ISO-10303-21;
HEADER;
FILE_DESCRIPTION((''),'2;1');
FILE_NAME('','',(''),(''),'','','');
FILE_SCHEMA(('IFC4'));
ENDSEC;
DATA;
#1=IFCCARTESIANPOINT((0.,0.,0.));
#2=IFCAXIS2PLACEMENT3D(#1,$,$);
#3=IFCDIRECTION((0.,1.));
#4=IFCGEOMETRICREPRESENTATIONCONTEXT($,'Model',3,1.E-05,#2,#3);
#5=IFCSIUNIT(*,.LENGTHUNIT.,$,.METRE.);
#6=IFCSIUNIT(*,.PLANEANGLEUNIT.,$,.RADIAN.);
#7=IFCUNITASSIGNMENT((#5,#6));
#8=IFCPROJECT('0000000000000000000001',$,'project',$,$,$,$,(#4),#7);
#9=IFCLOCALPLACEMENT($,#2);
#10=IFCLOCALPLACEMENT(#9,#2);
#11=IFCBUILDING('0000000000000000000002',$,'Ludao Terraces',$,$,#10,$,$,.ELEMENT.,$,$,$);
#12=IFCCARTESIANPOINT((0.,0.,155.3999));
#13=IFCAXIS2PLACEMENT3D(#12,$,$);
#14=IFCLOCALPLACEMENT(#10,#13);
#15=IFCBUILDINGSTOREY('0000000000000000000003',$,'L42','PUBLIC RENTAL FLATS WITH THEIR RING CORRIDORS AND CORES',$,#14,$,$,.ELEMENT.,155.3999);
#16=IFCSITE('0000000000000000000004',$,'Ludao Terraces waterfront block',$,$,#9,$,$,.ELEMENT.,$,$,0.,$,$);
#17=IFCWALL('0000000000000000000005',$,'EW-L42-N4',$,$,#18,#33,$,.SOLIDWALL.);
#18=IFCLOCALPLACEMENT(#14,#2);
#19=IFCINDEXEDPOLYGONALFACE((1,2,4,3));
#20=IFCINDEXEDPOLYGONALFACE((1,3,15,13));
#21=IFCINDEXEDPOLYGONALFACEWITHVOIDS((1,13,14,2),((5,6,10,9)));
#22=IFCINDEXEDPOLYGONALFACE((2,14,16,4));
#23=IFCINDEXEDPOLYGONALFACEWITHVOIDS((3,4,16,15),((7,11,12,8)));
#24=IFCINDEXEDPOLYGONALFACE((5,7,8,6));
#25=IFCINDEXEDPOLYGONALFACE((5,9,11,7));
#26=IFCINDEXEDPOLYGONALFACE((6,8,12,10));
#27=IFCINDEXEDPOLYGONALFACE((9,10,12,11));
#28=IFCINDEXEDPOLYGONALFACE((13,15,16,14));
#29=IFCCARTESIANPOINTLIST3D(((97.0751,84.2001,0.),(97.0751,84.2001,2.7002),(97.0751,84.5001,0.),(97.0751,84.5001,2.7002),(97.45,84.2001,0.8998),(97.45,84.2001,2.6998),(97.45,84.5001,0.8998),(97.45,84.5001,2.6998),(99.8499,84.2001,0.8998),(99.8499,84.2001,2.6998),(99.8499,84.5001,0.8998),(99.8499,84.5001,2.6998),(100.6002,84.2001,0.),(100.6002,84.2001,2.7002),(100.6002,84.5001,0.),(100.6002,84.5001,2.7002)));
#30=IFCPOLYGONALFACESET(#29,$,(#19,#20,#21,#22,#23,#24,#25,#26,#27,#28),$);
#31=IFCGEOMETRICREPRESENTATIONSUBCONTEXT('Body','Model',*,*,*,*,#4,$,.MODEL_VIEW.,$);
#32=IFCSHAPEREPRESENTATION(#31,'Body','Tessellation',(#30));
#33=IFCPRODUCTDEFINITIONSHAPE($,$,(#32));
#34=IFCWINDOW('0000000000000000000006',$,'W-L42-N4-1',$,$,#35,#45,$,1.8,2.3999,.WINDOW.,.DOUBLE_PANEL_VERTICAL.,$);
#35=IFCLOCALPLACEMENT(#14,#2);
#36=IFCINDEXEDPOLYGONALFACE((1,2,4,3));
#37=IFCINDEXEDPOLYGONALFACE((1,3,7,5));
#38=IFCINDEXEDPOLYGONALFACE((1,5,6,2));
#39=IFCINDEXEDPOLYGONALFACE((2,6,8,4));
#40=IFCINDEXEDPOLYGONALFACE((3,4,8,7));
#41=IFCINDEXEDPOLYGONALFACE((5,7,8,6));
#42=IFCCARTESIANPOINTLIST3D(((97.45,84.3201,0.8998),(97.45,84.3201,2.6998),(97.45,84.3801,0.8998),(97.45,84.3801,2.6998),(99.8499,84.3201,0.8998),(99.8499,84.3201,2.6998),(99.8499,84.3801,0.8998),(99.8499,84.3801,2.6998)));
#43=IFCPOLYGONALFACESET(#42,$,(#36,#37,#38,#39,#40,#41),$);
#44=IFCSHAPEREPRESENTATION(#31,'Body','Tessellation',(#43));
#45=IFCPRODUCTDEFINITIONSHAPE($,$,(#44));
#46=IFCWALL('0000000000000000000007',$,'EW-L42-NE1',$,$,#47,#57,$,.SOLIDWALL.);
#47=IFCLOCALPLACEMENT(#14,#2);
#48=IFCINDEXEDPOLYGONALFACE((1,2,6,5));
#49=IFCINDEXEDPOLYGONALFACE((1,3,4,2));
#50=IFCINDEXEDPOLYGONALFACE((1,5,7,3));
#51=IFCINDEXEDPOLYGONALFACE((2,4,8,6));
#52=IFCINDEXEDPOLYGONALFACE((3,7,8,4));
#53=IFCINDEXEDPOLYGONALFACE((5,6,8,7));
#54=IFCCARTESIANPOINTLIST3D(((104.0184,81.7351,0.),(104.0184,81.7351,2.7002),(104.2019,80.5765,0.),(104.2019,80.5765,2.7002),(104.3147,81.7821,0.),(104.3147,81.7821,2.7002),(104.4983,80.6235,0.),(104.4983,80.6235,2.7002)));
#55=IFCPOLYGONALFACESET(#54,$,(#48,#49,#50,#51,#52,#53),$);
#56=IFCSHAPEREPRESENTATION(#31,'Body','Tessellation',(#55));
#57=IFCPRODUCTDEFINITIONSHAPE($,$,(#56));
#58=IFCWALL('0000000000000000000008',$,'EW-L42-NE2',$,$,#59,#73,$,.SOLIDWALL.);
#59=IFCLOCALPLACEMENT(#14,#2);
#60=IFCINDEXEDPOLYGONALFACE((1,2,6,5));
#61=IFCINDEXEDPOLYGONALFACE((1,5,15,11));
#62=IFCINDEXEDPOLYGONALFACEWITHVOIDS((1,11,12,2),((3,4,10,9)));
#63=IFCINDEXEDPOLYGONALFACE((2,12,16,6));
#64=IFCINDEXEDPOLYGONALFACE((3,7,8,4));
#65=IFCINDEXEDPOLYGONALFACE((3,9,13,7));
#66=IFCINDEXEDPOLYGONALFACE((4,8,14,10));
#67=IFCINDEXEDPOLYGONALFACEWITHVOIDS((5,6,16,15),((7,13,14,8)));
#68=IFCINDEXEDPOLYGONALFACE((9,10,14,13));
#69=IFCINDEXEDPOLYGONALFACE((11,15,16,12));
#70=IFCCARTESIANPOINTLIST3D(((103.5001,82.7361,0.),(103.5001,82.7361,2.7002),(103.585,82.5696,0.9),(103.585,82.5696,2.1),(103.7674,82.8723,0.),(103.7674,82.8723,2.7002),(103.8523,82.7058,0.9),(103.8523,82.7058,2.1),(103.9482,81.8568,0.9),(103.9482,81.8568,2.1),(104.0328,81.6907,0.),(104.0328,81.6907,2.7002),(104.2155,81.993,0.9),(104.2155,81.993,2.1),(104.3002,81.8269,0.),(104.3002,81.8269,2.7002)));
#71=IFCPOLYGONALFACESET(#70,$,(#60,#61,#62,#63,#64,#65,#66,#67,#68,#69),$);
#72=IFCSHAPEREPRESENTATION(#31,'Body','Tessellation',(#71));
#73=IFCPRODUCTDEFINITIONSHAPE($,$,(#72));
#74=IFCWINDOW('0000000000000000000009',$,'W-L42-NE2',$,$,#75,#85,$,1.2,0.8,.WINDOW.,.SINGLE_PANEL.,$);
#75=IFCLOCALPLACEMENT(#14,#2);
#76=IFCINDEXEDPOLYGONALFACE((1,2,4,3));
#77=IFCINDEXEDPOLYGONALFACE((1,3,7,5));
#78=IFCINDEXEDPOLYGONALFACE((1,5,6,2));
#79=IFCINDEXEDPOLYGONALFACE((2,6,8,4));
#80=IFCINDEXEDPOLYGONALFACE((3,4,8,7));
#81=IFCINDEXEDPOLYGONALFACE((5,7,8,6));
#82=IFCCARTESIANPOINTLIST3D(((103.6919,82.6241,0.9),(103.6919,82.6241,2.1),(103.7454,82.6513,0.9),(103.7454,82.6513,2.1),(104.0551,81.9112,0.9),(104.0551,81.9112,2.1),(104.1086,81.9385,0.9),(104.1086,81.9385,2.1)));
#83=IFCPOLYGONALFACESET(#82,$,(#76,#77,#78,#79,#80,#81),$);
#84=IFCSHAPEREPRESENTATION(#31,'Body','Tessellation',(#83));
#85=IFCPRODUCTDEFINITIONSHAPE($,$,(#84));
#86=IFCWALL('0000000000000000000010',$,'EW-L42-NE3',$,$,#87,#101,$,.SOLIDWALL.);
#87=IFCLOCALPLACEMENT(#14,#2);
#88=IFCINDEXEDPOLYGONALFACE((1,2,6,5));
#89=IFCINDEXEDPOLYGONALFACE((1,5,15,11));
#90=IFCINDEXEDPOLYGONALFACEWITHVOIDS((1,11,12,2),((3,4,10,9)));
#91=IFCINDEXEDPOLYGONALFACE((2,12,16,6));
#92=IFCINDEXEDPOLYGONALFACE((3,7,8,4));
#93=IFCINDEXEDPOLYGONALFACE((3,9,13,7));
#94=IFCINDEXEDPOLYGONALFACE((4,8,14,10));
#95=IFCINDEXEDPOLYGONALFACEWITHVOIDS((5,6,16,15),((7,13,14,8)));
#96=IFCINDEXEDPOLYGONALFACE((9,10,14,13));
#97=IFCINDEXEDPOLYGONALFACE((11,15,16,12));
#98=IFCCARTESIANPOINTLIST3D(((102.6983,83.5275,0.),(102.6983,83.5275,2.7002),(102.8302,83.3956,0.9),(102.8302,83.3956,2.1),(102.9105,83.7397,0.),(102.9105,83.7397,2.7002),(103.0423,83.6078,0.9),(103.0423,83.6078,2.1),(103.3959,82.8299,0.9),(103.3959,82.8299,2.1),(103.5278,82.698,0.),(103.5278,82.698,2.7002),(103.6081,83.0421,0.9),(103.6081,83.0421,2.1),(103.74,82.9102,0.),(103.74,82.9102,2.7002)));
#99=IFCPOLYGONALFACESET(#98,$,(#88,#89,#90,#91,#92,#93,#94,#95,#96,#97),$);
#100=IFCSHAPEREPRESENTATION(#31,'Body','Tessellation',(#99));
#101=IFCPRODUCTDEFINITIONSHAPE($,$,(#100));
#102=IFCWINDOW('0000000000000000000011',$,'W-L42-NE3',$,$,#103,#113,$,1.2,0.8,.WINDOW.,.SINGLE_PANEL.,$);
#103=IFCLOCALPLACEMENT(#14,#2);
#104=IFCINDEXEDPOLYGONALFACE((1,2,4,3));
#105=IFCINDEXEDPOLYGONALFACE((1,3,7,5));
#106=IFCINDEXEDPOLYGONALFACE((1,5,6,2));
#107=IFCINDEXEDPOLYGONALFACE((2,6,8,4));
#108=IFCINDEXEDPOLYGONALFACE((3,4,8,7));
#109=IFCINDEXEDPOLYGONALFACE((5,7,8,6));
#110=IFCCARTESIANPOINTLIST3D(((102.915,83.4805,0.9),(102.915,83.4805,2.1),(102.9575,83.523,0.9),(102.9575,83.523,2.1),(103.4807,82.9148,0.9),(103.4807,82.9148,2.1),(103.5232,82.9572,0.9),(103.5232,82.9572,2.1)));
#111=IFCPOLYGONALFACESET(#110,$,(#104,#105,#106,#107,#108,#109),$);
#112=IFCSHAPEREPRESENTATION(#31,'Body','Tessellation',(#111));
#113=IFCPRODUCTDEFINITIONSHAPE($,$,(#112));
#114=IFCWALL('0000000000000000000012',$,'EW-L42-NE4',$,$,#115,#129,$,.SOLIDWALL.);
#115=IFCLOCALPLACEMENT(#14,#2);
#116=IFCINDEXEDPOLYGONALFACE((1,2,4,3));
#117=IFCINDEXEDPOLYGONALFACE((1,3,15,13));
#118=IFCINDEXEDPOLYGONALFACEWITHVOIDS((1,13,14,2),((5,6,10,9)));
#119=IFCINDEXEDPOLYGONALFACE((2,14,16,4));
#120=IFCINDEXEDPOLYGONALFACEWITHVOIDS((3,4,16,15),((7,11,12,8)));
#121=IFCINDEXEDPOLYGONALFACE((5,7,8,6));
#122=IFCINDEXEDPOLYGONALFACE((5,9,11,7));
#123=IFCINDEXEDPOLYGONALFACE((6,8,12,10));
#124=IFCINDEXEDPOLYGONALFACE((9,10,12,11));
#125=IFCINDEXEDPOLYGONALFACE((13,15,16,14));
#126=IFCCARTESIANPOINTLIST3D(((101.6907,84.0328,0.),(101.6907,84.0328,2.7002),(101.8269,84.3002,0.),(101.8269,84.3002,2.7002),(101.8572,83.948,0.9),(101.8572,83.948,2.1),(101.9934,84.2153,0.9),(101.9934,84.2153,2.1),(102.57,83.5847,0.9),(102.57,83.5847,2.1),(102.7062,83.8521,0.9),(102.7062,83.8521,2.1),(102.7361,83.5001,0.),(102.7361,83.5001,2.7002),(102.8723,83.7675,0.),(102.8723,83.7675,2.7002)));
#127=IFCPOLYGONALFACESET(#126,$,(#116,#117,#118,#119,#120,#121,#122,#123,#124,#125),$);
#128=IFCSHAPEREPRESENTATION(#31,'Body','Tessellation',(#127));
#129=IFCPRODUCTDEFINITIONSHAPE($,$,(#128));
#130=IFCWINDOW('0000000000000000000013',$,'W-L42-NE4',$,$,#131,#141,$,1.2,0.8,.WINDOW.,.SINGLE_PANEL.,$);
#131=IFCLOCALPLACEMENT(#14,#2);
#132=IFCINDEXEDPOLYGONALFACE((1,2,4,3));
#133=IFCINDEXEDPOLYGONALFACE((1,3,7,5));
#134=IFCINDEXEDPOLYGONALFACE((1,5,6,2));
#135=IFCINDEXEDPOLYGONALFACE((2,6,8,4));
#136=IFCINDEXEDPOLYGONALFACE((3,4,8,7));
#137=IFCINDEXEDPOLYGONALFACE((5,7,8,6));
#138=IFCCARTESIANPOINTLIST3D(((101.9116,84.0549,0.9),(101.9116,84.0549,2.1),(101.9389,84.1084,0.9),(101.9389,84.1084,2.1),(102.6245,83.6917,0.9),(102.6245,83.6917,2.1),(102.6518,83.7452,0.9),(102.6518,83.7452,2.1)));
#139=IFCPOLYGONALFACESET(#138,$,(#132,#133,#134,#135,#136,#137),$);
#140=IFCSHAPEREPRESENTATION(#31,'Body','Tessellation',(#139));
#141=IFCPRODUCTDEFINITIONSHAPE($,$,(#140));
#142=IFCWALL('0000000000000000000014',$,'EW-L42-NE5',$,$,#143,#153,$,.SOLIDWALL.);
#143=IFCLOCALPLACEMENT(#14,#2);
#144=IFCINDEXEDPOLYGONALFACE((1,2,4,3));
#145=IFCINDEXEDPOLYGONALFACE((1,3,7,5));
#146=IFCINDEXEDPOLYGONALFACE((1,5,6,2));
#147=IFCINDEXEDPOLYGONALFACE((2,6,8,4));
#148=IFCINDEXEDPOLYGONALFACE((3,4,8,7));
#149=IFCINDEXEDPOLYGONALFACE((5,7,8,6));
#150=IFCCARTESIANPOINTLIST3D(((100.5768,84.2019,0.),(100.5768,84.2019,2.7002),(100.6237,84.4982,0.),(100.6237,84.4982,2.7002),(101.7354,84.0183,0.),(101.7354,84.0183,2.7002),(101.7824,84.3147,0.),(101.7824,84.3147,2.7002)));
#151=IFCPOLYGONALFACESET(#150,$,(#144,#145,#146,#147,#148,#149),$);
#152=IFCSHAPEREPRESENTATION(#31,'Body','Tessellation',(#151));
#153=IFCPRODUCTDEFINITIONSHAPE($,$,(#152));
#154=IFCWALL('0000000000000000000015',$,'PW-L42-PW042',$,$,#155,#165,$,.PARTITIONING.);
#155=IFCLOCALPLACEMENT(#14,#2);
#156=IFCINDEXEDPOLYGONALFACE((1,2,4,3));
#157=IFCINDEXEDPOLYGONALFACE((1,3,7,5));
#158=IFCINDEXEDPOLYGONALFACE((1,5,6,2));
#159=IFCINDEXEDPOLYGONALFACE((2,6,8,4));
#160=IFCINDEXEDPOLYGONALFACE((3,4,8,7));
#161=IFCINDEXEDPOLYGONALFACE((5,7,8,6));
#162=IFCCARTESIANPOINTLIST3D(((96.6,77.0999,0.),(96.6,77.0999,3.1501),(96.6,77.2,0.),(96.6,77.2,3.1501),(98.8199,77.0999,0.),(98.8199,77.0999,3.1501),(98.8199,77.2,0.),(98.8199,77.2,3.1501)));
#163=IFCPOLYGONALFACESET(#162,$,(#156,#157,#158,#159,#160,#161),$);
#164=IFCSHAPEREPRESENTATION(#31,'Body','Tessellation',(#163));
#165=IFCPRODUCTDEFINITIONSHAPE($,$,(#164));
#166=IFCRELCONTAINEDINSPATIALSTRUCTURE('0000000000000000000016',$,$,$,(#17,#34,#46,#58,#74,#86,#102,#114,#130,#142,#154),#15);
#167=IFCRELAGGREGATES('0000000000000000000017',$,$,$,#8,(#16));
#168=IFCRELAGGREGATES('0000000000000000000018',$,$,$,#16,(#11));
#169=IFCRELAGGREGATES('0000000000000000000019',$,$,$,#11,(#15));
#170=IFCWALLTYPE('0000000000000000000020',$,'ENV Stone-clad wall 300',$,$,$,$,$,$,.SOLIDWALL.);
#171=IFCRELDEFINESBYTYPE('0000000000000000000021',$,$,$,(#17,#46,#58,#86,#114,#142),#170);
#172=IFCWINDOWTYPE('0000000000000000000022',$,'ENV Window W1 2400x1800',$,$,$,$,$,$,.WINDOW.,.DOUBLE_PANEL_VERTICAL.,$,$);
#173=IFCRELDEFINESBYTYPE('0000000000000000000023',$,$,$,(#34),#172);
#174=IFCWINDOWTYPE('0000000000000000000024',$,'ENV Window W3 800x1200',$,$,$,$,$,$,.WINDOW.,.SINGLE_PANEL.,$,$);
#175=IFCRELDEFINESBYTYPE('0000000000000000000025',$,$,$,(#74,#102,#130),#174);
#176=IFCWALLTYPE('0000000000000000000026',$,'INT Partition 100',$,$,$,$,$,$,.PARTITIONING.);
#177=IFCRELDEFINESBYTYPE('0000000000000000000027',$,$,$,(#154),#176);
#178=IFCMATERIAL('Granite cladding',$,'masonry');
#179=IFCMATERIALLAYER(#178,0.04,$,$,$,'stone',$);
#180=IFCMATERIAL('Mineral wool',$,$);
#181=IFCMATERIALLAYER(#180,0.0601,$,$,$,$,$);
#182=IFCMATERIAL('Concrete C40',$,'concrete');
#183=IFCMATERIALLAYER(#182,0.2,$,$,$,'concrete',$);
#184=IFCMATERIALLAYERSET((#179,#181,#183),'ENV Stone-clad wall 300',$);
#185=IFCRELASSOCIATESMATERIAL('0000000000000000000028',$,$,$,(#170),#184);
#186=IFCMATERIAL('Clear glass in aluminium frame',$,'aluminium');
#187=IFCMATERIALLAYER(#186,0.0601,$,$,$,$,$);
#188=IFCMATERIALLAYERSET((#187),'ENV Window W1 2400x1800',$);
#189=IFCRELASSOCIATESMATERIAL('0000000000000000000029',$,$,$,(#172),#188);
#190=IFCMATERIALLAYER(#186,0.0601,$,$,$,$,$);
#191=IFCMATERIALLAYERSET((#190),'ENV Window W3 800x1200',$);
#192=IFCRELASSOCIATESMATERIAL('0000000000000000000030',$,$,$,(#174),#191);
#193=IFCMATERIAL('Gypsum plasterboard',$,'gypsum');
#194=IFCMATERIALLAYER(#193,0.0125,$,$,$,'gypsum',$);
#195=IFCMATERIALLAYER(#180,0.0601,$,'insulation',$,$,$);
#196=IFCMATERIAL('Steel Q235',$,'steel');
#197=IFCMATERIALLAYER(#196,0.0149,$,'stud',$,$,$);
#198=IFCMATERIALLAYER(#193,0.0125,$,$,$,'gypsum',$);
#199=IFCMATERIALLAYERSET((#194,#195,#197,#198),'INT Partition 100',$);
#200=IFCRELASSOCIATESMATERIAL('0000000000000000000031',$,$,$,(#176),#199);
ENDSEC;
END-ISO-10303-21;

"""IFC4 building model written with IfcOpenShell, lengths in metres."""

from ifc_helpers import new_model, si_unit, direction, frame, frame_2d, origin, place, context, subcontext, project, spatial, rectangle, extrude, material, layer, layer_set, type_object, element, fill, save


model = new_model("IFC4")

# Units and contexts
model_context = context("Model", 3, precision=1e-05, world=origin(), true_north=direction((0.0, 1.0)))
body_context = subcontext(model_context, "Body", "Model", "MODEL_VIEW")
ifc_project = project(units=[si_unit("LENGTHUNIT", "METRE"), si_unit("PLANEANGLEUNIT", "RADIAN")], contexts=[model_context])

# Site, building, storey
site_placement = place(None, origin())
site = spatial("IfcSite", under=ifc_project, at=site_placement, Name="Ludao Terraces waterfront block", CompositionType="ELEMENT", RefElevation=0.0)
building_placement = place(site_placement, origin())
building = spatial("IfcBuilding", under=site, at=building_placement, Name="Ludao Terraces", CompositionType="ELEMENT")
storey_placement = place(building_placement, frame((0.0, 0.0, 155.3999)))
storey = spatial("IfcBuildingStorey", under=building, at=storey_placement, Name="L42", Description="PUBLIC RENTAL FLATS WITH THEIR RING CORRIDORS AND CORES", CompositionType="ELEMENT", Elevation=155.3999)

# Shared definitions
ifc_material_1 = material(Name="Concrete C40", Category="concrete")

# Shared definitions
ifc_material_2 = material(Name="Steel Q235", Category="steel")

# Shared definitions
ifc_material_3 = material(Name="Granite cladding", Category="masonry")
ifc_layer_1 = layer(ifc_material_3, 0.04, Category="stone")
ifc_material_4 = material(Name="Mineral wool")
ifc_layer_2 = layer(ifc_material_4, 0.0601)
ifc_layer_3 = layer(ifc_material_1, 0.2, Category="concrete")
ifc_layer_set_1 = layer_set([ifc_layer_1, ifc_layer_2, ifc_layer_3], Name="ENV Stone-clad wall 300")
wall_type_1 = type_object("IfcWallType", Name="ENV Stone-clad wall 300", PredefinedType="SOLIDWALL", material=ifc_layer_set_1)
ifc_material_5 = material(Name="Clear glass in aluminium frame", Category="aluminium")
ifc_layer_4 = layer(ifc_material_5, 0.0601)
ifc_layer_set_2 = layer_set([ifc_layer_4], Name="ENV Window W1 2400x1800")
window_type_1 = type_object("IfcWindowType", Name="ENV Window W1 2400x1800", PartitioningType="DOUBLE_PANEL_VERTICAL", PredefinedType="WINDOW", material=ifc_layer_set_2)

# Wall, opening, window
wall_1_placement = place(storey_placement, frame((97.075, 84.3501, 0.0), z_axis=(0.0, 0.0, 1.0), x_axis=(1.0, 0.0, 0.0)))
wall_1 = element("IfcWall", 1, at=wall_1_placement, inside=storey, type_object=wall_type_1, Name="EW-L42-N4", PredefinedType="SOLIDWALL", context=body_context, shape_type="SweptSolid", body=[
    extrude(rectangle(XDim=3.5251, YDim=0.3, at=frame_2d((1.7627, 0.0))), origin(), (0.0, 0.0, 1.0), 2.7002),
])
opening_1_placement = place(wall_1_placement, frame((0.375, 0.0, 0.8999)))
opening_1 = element("IfcOpeningElement", 2, at=opening_1_placement, cuts=wall_1, PredefinedType="OPENING", context=body_context, shape_type="SweptSolid", body=[
    extrude(rectangle(XDim=2.3999, YDim=1.8, at=frame_2d((1.2, 0.8999))), frame((0.0, 0.1602, 0.0), z_axis=(0.0, -1.0, 0.0), x_axis=(1.0, 0.0, 0.0)), (0.0, 0.0, 1.0), 0.3201),
])
window_1_placement = place(opening_1_placement, origin())
window_1 = element("IfcWindow", 3, at=window_1_placement, inside=storey, type_object=window_type_1, Name="W-L42-N4-1", OverallHeight=1.8, OverallWidth=2.3999, PartitioningType="DOUBLE_PANEL_VERTICAL", PredefinedType="WINDOW", context=body_context, shape_type="SweptSolid", body=[
    extrude(rectangle(XDim=2.3999, YDim=1.8, at=frame_2d((1.2, 0.8999))), frame((0.0, 0.03, 0.0), z_axis=(0.0, -1.0, 0.0), x_axis=(1.0, 0.0, 0.0)), (0.0, 0.0, 1.0), 0.0601),
])
fill(opening_1, window_1)

# Wall
wall_2_placement = place(storey_placement, frame((104.3501, 80.6001, 0.0), z_axis=(0.0, 0.0, 1.0), x_axis=(-0.156497, 0.987678, 0.0)))
element("IfcWall", 4, at=wall_2_placement, inside=storey, type_object=wall_type_1, Name="EW-L42-NE1", PredefinedType="SOLIDWALL", context=body_context, shape_type="SweptSolid", body=[
    extrude(rectangle(XDim=1.1731, YDim=0.3, at=frame_2d((0.5864, 0.0))), origin(), (0.0, 0.0, 1.0), 2.7002),
])

# Walls, openings, windows
wall_3_placement = place(storey_placement, frame((104.1665, 81.7588, 0.0), z_axis=(0.0, 0.0, 1.0), x_axis=(-0.454026, 0.890989, 0.0)))
wall_3 = element("IfcWall", 5, at=wall_3_placement, inside=storey, type_object=wall_type_1, Name="EW-L42-NE2", PredefinedType="SOLIDWALL", context=body_context, shape_type="SweptSolid", body=[
    extrude(rectangle(XDim=1.1733, YDim=0.3, at=frame_2d((0.5867, 0.0))), origin(), (0.0, 0.0, 1.0), 2.7002),
])
opening_2_placement = place(wall_3_placement, frame((0.1865, 0.0, 0.8999)))
opening_2 = element("IfcOpeningElement", 6, at=opening_2_placement, cuts=wall_3, PredefinedType="OPENING", context=body_context, shape_type="SweptSolid", body=[
    extrude(rectangle(XDim=0.8, YDim=1.2, at=frame_2d((0.3999, 0.6001))), frame((0.0, 0.1602, 0.0), z_axis=(0.0, -1.0, 0.0), x_axis=(1.0, 0.0, 0.0)), (0.0, 0.0, 1.0), 0.3201),
])
ifc_layer_5 = layer(ifc_material_5, 0.0601)
ifc_layer_set_3 = layer_set([ifc_layer_5], Name="ENV Window W3 800x1200")
window_type_2 = type_object("IfcWindowType", Name="ENV Window W3 800x1200", PartitioningType="SINGLE_PANEL", PredefinedType="WINDOW", material=ifc_layer_set_3)
window_2_placement = place(opening_2_placement, origin())
window_2 = element("IfcWindow", 7, at=window_2_placement, inside=storey, type_object=window_type_2, Name="W-L42-NE2", OverallHeight=1.2, OverallWidth=0.8, PartitioningType="SINGLE_PANEL", PredefinedType="WINDOW", context=body_context, shape_type="SweptSolid", body=[
    extrude(rectangle(XDim=0.8, YDim=1.2, at=frame_2d((0.3999, 0.6001))), frame((0.0, 0.03, 0.0), z_axis=(0.0, -1.0, 0.0), x_axis=(1.0, 0.0, 0.0)), (0.0, 0.0, 1.0), 0.0601),
])
fill(opening_2, window_2)
wall_4_placement = place(storey_placement, frame((103.6338, 82.8042, 0.0), z_axis=(0.0, 0.0, 1.0), x_axis=(-0.707107, 0.707107, 0.0)))
wall_4 = element("IfcWall", 8, at=wall_4_placement, inside=storey, type_object=wall_type_1, Name="EW-L42-NE3", PredefinedType="SOLIDWALL", context=body_context, shape_type="SweptSolid", body=[
    extrude(rectangle(XDim=1.1731, YDim=0.3, at=frame_2d((0.5864, 0.0))), origin(), (0.0, 0.0, 1.0), 2.7002),
])
opening_3_placement = place(wall_4_placement, frame((0.1865, 0.0, 0.8999)))
opening_3 = element("IfcOpeningElement", 9, at=opening_3_placement, cuts=wall_4, PredefinedType="OPENING", context=body_context, shape_type="SweptSolid", body=[
    extrude(rectangle(XDim=0.8, YDim=1.2, at=frame_2d((0.3999, 0.6001))), frame((0.0, 0.1602, 0.0), z_axis=(0.0, -1.0, 0.0), x_axis=(1.0, 0.0, 0.0)), (0.0, 0.0, 1.0), 0.3201),
])
window_3_placement = place(opening_3_placement, origin())
window_3 = element("IfcWindow", 10, at=window_3_placement, inside=storey, type_object=window_type_2, Name="W-L42-NE3", OverallHeight=1.2, OverallWidth=0.8, PartitioningType="SINGLE_PANEL", PredefinedType="WINDOW", context=body_context, shape_type="SweptSolid", body=[
    extrude(rectangle(XDim=0.8, YDim=1.2, at=frame_2d((0.3999, 0.6001))), frame((0.0, 0.03, 0.0), z_axis=(0.0, -1.0, 0.0), x_axis=(1.0, 0.0, 0.0)), (0.0, 0.0, 1.0), 0.0601),
])
fill(opening_3, window_3)
wall_5_placement = place(storey_placement, frame((102.8042, 83.6338, 0.0), z_axis=(0.0, 0.0, 1.0), x_axis=(-0.890989, 0.454026, 0.0)))
wall_5 = element("IfcWall", 11, at=wall_5_placement, inside=storey, type_object=wall_type_1, Name="EW-L42-NE4", PredefinedType="SOLIDWALL", context=body_context, shape_type="SweptSolid", body=[
    extrude(rectangle(XDim=1.1733, YDim=0.3, at=frame_2d((0.5867, 0.0))), origin(), (0.0, 0.0, 1.0), 2.7002),
])
opening_4_placement = place(wall_5_placement, frame((0.1865, 0.0, 0.8999)))
opening_4 = element("IfcOpeningElement", 12, at=opening_4_placement, cuts=wall_5, PredefinedType="OPENING", context=body_context, shape_type="SweptSolid", body=[
    extrude(rectangle(XDim=0.8, YDim=1.2, at=frame_2d((0.3999, 0.6001))), frame((0.0, 0.1602, 0.0), z_axis=(0.0, -1.0, 0.0), x_axis=(1.0, 0.0, 0.0)), (0.0, 0.0, 1.0), 0.3201),
])
window_4_placement = place(opening_4_placement, origin())
window_4 = element("IfcWindow", 13, at=window_4_placement, inside=storey, type_object=window_type_2, Name="W-L42-NE4", OverallHeight=1.2, OverallWidth=0.8, PartitioningType="SINGLE_PANEL", PredefinedType="WINDOW", context=body_context, shape_type="SweptSolid", body=[
    extrude(rectangle(XDim=0.8, YDim=1.2, at=frame_2d((0.3999, 0.6001))), frame((0.0, 0.03, 0.0), z_axis=(0.0, -1.0, 0.0), x_axis=(1.0, 0.0, 0.0)), (0.0, 0.0, 1.0), 0.0601),
])
fill(opening_4, window_4)

# Walls
wall_6_placement = place(storey_placement, frame((101.7588, 84.1665, 0.0), z_axis=(0.0, 0.0, 1.0), x_axis=(-0.987678, 0.156497, 0.0)))
element("IfcWall", 14, at=wall_6_placement, inside=storey, type_object=wall_type_1, Name="EW-L42-NE5", PredefinedType="SOLIDWALL", context=body_context, shape_type="SweptSolid", body=[
    extrude(rectangle(XDim=1.1731, YDim=0.3, at=frame_2d((0.5864, 0.0))), origin(), (0.0, 0.0, 1.0), 2.7002),
])
ifc_material_6 = material(Name="Gypsum plasterboard", Category="gypsum")
ifc_layer_6 = layer(ifc_material_6, 0.0125, Category="gypsum")
ifc_layer_7 = layer(ifc_material_4, 0.0601, Name="insulation")
ifc_layer_8 = layer(ifc_material_2, 0.0149, Name="stud")
ifc_layer_9 = layer(ifc_material_6, 0.0125, Category="gypsum")
ifc_layer_set_4 = layer_set([ifc_layer_6, ifc_layer_7, ifc_layer_8, ifc_layer_9], Name="INT Partition 100")
wall_type_2 = type_object("IfcWallType", Name="INT Partition 100", PredefinedType="PARTITIONING", material=ifc_layer_set_4)
for number, where, z_axis, x_axis, name in (
    (15, (96.6001, 77.1499, 0.0), (0.0, 0.0, 1.0), (1.0, 0.0, 0.0), "PW-L42-PW042"),
):
    element("IfcWall", number, at=place(storey_placement, frame(where, z_axis=z_axis, x_axis=x_axis)), inside=storey, type_object=wall_type_2, Name=name, PredefinedType="PARTITIONING", context=body_context, shape_type="SweptSolid", body=[
        extrude(rectangle(XDim=2.22, YDim=0.1001, at=frame_2d((1.1099, 0.0))), origin(), (0.0, 0.0, 1.0), 3.1501),
    ])

save(model, "model.ifc")
